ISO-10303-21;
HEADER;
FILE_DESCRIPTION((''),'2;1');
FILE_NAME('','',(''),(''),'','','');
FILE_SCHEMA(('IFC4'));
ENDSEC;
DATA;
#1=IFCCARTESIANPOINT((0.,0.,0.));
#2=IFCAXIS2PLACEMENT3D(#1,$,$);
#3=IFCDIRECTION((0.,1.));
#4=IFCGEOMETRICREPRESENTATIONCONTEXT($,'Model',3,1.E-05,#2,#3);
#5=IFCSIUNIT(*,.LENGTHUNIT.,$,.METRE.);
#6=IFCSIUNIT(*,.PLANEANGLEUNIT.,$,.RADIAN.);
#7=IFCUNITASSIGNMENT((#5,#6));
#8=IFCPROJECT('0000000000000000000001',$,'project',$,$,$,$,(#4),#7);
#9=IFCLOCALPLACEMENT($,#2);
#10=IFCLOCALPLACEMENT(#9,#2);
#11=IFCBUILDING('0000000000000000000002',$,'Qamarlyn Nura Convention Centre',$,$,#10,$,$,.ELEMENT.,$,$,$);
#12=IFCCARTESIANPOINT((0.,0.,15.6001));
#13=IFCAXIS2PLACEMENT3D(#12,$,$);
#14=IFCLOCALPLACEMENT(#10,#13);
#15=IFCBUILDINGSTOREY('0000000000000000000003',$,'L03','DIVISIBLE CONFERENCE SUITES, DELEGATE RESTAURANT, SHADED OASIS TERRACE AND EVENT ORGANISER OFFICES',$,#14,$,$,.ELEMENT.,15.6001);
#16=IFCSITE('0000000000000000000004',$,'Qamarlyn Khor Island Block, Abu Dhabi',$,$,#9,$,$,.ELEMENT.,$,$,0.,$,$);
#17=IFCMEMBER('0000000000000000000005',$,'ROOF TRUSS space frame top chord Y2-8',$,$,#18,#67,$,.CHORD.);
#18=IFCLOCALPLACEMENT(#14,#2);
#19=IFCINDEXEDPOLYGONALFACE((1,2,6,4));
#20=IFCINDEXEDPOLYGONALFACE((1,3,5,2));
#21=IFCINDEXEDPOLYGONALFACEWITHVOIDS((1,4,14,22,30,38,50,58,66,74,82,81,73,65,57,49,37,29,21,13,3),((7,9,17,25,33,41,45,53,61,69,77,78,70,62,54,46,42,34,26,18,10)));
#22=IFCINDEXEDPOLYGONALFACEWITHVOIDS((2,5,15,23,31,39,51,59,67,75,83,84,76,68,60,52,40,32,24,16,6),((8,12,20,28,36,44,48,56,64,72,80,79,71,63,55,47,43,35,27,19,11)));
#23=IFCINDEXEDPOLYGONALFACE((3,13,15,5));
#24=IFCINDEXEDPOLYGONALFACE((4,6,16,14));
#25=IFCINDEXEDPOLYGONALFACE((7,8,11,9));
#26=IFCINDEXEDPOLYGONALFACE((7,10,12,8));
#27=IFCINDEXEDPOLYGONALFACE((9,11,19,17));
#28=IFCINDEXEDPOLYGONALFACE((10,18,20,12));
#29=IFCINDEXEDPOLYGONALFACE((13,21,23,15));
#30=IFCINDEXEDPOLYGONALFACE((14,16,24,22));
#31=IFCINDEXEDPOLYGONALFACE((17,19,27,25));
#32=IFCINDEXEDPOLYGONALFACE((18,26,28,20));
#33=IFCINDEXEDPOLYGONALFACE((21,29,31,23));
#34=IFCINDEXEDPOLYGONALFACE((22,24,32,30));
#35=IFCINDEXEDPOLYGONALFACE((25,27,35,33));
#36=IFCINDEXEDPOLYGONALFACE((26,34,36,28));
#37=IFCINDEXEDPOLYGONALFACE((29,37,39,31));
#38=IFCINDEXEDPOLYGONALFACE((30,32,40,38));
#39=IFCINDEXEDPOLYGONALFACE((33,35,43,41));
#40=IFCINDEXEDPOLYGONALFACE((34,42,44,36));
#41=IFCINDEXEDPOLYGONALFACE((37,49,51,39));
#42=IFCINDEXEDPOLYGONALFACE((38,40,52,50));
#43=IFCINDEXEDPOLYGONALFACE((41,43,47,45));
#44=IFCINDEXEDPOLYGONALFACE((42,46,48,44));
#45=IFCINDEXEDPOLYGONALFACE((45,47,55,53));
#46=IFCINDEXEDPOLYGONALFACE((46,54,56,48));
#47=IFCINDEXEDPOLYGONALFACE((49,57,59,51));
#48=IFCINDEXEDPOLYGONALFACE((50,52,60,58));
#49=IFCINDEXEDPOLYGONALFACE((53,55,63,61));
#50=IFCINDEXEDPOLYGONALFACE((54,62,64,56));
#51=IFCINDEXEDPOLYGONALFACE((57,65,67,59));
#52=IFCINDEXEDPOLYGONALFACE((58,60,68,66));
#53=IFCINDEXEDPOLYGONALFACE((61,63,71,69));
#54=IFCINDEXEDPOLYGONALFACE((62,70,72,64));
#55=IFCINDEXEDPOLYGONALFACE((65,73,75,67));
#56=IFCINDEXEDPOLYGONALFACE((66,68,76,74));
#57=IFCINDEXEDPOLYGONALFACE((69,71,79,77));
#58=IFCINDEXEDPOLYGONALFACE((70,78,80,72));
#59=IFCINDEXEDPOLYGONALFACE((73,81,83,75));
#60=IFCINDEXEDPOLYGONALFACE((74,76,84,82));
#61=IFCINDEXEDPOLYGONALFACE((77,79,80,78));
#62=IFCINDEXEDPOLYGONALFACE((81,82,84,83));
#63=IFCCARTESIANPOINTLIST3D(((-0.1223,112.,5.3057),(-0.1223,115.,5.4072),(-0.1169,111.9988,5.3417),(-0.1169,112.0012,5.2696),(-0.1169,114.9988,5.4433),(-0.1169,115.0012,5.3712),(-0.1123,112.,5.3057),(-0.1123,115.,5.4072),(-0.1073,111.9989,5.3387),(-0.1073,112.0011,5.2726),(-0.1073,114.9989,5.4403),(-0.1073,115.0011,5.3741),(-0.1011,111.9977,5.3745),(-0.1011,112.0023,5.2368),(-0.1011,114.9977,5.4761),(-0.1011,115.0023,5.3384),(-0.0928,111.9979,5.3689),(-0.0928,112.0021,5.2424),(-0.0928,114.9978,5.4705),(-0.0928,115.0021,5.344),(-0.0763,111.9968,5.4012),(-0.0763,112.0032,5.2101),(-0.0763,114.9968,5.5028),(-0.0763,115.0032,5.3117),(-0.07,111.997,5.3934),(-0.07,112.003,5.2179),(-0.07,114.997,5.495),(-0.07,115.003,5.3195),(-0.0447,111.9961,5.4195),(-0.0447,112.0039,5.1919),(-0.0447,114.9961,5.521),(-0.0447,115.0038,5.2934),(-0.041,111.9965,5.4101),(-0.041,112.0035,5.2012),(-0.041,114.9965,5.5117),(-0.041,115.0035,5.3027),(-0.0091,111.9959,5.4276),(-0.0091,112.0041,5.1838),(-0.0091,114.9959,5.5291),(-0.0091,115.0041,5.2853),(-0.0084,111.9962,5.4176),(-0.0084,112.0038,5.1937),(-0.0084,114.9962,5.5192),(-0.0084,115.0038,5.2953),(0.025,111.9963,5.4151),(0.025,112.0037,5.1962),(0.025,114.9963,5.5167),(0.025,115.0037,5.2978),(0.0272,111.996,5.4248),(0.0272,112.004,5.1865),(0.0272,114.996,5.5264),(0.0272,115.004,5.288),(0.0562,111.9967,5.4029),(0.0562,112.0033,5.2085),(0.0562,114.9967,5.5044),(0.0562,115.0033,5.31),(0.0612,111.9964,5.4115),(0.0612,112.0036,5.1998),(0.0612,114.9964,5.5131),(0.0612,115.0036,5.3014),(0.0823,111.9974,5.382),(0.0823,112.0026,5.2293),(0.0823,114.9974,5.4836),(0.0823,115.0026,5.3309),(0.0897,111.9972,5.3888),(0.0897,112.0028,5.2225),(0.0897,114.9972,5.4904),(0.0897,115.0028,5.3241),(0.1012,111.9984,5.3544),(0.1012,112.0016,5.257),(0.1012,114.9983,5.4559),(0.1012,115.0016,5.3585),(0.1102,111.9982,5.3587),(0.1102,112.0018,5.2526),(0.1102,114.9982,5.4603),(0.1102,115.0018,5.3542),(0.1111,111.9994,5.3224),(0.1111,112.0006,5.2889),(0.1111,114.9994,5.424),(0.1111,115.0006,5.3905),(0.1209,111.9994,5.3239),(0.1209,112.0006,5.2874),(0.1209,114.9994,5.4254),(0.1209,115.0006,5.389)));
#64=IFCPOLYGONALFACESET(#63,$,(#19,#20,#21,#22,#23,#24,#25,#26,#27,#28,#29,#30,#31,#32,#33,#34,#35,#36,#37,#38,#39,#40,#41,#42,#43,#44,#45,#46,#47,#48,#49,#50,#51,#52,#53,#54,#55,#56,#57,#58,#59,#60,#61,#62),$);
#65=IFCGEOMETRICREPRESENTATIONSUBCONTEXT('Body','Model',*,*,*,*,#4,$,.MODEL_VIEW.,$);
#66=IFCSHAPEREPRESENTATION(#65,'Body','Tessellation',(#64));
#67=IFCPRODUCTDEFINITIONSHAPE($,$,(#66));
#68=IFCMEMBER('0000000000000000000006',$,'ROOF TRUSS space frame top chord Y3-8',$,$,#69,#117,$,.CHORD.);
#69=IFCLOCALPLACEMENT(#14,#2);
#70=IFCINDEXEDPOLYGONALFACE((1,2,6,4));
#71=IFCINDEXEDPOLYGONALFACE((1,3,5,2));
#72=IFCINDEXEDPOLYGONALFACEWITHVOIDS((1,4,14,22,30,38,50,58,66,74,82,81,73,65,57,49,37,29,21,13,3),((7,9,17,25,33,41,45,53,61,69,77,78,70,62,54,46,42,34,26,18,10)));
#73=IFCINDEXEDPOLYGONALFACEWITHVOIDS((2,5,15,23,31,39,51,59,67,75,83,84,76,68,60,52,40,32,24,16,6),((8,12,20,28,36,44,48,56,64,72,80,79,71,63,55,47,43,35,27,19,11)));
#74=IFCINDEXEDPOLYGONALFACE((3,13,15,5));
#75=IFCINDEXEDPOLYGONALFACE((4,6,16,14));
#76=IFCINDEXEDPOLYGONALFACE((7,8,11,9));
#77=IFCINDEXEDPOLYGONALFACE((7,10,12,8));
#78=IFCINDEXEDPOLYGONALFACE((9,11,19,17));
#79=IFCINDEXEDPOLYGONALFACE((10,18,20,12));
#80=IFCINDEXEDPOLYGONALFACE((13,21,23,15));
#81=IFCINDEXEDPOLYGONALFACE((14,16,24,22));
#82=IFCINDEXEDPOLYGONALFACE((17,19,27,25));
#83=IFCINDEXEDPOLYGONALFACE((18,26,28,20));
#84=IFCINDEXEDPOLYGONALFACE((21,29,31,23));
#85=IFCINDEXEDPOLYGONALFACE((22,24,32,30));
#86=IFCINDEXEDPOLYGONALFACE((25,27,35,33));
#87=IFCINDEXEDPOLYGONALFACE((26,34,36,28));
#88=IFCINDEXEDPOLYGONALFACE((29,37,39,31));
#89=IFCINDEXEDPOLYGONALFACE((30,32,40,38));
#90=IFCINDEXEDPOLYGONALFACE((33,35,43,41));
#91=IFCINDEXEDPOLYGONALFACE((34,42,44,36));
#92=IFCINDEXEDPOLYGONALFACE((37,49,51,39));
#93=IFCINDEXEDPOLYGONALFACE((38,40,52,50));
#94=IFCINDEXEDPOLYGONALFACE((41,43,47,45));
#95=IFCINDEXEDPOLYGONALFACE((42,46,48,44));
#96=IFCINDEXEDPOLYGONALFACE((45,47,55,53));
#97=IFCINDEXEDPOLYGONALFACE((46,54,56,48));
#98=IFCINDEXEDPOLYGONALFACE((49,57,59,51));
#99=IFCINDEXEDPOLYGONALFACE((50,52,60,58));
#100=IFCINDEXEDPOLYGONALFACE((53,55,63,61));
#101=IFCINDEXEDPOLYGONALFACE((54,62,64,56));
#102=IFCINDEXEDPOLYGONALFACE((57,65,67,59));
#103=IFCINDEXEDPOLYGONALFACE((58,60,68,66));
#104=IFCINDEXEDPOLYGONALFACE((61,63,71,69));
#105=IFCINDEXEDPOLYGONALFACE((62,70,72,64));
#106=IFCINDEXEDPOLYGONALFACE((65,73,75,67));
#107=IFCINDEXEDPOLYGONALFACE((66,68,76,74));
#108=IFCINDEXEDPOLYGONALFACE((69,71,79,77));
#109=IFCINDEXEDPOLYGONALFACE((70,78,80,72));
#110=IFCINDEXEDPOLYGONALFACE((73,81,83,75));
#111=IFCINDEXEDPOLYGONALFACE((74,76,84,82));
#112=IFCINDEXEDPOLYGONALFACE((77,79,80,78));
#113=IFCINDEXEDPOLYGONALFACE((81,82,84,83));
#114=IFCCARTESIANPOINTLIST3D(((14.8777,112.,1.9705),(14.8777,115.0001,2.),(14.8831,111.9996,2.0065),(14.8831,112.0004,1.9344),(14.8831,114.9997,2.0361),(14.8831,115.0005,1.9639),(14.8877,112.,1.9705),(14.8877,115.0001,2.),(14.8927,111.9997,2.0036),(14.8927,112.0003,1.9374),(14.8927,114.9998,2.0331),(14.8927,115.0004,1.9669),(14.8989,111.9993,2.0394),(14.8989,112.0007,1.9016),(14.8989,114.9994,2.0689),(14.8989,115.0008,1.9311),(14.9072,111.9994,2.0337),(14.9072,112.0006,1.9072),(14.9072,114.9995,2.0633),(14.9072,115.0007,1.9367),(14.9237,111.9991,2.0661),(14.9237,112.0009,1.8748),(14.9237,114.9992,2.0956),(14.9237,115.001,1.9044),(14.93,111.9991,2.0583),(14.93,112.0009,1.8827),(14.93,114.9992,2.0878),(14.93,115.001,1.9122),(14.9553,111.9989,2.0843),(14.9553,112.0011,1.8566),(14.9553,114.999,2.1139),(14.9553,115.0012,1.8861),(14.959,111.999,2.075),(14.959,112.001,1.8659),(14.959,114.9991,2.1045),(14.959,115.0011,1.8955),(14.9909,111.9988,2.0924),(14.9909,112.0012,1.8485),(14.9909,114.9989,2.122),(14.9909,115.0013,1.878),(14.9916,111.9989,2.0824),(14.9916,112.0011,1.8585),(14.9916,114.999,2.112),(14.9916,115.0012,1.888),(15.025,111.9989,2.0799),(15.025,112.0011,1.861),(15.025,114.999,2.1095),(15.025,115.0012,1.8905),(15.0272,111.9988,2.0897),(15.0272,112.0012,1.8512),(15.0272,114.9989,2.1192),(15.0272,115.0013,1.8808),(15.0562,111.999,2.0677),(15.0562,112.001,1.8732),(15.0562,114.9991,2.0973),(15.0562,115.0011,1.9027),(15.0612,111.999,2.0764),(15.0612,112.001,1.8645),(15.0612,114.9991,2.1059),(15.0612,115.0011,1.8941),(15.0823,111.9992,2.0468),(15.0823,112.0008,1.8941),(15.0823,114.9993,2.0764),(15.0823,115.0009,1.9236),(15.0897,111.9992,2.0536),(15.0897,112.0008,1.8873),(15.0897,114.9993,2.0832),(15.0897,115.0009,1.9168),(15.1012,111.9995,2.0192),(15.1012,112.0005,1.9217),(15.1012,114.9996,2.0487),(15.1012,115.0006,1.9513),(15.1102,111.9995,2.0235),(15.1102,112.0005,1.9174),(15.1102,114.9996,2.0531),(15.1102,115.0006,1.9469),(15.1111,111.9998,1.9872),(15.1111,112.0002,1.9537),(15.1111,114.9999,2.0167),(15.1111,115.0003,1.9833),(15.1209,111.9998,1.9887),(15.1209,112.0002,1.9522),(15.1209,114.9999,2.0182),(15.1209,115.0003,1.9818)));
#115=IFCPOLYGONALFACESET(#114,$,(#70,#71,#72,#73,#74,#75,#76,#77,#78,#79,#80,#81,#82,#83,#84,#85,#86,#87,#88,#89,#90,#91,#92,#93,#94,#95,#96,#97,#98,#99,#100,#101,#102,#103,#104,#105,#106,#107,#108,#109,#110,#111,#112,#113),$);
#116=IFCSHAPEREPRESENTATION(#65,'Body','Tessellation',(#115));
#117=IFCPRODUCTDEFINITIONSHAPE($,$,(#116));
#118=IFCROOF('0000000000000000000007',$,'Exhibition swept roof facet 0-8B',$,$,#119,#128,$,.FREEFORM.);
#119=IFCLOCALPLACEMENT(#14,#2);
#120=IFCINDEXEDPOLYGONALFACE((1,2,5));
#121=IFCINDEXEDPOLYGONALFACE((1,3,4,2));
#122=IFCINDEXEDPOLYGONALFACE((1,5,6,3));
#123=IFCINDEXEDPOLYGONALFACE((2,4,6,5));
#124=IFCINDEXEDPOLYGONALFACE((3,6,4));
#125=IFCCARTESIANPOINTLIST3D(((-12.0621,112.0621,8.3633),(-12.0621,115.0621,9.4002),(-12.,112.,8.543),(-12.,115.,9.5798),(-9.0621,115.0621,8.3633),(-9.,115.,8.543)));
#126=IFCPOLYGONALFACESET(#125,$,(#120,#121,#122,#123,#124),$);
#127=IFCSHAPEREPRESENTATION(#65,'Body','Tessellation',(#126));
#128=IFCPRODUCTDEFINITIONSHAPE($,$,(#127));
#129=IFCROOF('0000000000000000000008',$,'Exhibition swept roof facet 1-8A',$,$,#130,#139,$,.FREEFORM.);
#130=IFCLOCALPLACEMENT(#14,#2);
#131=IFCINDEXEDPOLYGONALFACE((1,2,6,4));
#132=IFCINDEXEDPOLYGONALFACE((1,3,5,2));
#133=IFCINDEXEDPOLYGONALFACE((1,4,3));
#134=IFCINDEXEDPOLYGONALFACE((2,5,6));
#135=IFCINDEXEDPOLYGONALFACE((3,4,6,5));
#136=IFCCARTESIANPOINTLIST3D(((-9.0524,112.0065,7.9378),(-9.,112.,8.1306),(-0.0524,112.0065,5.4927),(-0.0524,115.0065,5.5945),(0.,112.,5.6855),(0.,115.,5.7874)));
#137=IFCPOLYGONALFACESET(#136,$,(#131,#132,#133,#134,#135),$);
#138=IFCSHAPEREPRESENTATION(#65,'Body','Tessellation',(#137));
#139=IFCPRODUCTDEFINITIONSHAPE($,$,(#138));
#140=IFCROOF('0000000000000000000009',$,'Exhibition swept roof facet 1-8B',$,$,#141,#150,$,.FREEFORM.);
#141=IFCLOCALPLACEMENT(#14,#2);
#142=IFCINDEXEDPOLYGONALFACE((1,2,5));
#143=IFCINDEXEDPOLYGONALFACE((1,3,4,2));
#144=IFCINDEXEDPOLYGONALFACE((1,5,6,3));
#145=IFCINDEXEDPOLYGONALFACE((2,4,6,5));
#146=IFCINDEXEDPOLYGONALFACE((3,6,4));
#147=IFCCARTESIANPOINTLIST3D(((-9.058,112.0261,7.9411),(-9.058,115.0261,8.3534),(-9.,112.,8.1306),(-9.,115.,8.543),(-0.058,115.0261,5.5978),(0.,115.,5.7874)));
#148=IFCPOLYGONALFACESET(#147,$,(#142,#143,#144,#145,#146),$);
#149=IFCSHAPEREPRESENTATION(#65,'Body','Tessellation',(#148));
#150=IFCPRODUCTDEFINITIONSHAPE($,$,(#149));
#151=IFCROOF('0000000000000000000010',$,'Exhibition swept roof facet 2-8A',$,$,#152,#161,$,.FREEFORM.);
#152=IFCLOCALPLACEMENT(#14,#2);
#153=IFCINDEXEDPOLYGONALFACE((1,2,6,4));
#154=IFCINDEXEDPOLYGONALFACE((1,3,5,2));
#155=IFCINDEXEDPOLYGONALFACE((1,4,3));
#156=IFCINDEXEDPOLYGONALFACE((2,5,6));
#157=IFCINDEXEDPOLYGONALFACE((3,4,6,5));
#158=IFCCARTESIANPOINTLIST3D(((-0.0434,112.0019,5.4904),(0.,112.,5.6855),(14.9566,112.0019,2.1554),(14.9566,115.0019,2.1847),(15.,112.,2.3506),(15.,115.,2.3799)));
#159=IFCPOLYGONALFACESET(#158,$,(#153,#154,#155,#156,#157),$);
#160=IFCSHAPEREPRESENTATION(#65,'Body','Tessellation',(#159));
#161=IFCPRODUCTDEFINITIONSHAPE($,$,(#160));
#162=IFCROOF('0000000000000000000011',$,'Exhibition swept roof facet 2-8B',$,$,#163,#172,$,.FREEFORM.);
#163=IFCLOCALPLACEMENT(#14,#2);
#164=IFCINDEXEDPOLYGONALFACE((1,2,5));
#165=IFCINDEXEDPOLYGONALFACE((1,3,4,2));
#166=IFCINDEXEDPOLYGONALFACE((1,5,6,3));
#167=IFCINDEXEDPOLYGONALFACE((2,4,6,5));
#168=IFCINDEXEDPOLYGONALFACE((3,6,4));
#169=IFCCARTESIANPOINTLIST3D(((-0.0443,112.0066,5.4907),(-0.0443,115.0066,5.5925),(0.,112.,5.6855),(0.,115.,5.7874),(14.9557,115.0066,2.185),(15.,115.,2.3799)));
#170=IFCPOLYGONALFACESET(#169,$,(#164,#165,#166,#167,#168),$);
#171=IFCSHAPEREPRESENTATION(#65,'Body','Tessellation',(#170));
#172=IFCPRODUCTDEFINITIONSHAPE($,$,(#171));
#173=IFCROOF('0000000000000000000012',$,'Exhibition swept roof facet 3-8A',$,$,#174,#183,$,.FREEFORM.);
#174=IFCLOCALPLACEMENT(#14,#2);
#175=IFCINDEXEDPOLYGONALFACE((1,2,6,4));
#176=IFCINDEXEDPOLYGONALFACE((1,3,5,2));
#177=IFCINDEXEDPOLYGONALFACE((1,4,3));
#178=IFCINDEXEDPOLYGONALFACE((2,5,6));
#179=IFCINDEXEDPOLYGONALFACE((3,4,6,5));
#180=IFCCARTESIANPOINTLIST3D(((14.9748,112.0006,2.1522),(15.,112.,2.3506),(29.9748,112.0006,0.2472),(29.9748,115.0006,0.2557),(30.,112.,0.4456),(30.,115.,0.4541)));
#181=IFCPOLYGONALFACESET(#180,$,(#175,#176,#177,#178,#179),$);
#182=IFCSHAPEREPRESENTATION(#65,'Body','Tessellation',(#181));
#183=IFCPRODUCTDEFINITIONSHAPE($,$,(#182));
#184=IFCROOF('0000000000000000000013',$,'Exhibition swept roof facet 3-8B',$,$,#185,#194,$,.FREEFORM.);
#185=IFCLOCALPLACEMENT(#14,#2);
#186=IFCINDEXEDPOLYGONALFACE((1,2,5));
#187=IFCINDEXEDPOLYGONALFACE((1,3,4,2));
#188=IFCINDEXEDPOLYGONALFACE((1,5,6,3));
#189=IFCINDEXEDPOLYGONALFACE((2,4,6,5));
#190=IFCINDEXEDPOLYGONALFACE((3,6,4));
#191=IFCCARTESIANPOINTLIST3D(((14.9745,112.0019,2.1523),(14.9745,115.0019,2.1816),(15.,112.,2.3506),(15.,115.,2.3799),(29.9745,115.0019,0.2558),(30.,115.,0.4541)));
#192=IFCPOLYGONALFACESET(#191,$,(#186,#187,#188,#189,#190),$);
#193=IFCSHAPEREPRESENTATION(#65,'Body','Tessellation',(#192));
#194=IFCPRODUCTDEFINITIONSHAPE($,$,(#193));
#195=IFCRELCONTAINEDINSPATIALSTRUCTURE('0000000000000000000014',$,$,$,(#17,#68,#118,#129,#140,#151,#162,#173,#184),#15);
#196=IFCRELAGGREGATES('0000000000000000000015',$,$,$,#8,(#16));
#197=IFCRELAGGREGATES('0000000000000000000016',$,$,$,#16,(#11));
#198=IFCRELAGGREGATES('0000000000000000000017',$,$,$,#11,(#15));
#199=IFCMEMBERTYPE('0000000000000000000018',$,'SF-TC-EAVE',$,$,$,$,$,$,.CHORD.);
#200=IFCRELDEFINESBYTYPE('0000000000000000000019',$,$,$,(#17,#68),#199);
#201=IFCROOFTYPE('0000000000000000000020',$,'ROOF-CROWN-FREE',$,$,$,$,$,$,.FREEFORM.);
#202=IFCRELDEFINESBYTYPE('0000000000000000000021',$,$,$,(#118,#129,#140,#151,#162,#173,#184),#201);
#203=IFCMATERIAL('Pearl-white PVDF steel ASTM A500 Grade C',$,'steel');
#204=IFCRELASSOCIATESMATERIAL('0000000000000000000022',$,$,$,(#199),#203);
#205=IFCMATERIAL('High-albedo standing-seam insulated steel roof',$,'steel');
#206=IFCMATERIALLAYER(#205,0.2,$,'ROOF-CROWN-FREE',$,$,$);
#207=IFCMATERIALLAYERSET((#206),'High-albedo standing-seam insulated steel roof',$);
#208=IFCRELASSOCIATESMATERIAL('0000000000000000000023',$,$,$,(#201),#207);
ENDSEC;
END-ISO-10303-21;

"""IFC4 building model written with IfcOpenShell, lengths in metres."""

from ifc_helpers import new_model, si_unit, direction, frame, origin, origin_2d, place, context, subcontext, project, spatial, polyline, hollow_circle, outline, extrude, material, layer, layer_set, material_profile, profile_set, type_object, element, save


model = new_model("IFC4")

# Units and contexts
model_context = context("Model", 3, precision=1e-05, world=origin(), true_north=direction((0.0, 1.0)))
body_context = subcontext(model_context, "Body", "Model", "MODEL_VIEW")
ifc_project = project(units=[si_unit("LENGTHUNIT", "METRE"), si_unit("PLANEANGLEUNIT", "RADIAN")], contexts=[model_context])

# Site, building, storey
site_placement = place(None, origin())
site = spatial("IfcSite", under=ifc_project, at=site_placement, Name="Qamarlyn Khor Island Block, Abu Dhabi", CompositionType="ELEMENT", RefElevation=0.0)
building_placement = place(site_placement, origin())
building = spatial("IfcBuilding", under=site, at=building_placement, Name="Qamarlyn Nura Convention Centre", CompositionType="ELEMENT")
storey_placement = place(building_placement, frame((0.0, 0.0, 15.6001)))
storey = spatial("IfcBuildingStorey", under=building, at=storey_placement, Name="L03", Description="DIVISIBLE CONFERENCE SUITES, DELEGATE RESTAURANT, SHADED OASIS TERRACE AND EVENT ORGANISER OFFICES", CompositionType="ELEMENT", Elevation=15.6001)

# Members
ifc_material_1 = material(Name="Pearl-white PVDF steel ASTM A500 Grade C", Category="steel")
ifc_material_profile = material_profile(ifc_material_1, hollow_circle(Radius=0.1223, WallThickness=0.01, at=origin_2d()), Name="CHS244.5X10")
ifc_profile_set = profile_set([ifc_material_profile], Name="Pearl-white PVDF steel ASTM A500 Grade C")
member_type = type_object("IfcMemberType", Name="SF-TC-EAVE", PredefinedType="CHORD", material=ifc_profile_set)
member_1_placement = place(storey_placement, frame((0.0, 112.0, 5.3057), z_axis=(0.0, 0.999427, 0.033835), x_axis=(-1.0, 0.0, 0.0)))
element("IfcMember", 1, at=member_1_placement, inside=storey, type_object=member_type, Name="ROOF TRUSS space frame top chord Y2-8", PredefinedType="CHORD", context=body_context, shape_type="SweptSolid", body=[
    extrude(hollow_circle(Radius=0.1223, WallThickness=0.01, at=origin_2d()), origin(), (0.0, 0.0, 1.0), 3.0017),
])
member_2_placement = place(storey_placement, frame((15.0, 112.0, 1.9705), z_axis=(0.0, 0.999952, 0.009847), x_axis=(-1.0, 0.0, 0.0)))
element("IfcMember", 2, at=member_2_placement, inside=storey, type_object=member_type, Name="ROOF TRUSS space frame top chord Y3-8", PredefinedType="CHORD", context=body_context, shape_type="SweptSolid", body=[
    extrude(hollow_circle(Radius=0.1223, WallThickness=0.01, at=origin_2d()), origin(), (0.0, 0.0, 1.0), 3.0002),
])

# Roofs
ifc_material_2 = material(Name="High-albedo standing-seam insulated steel roof", Category="steel")
ifc_layer = layer(ifc_material_2, 0.2, Name="ROOF-CROWN-FREE")
ifc_layer_set = layer_set([ifc_layer], Name="High-albedo standing-seam insulated steel roof")
roof_type = type_object("IfcRoofType", Name="ROOF-CROWN-FREE", PredefinedType="FREEFORM", material=ifc_layer_set)
roof_1_placement = place(storey_placement, frame((-12.0, 112.0, 8.543), z_axis=(0.310514, -0.310514, 0.898422), x_axis=(0.707107, 0.707107, 0.0)))
element("IfcRoof", 3, at=roof_1_placement, inside=storey, type_object=roof_type, Name="Exhibition swept roof facet 0-8B", PredefinedType="FREEFORM", context=body_context, shape_type="SweptSolid", body=[
    extrude(outline(polyline([(0.0, 0.0), (4.2426, 0.0), (2.1213, 2.3612), (0.0, 0.0)])), origin(), (0.0, 0.0, -1.0), 0.2),
])
roof_2_placement = place(storey_placement, frame((-9.0, 112.0, 8.1306), z_axis=(0.262031, -0.032731, 0.964504), x_axis=(0.965021, 0.0, -0.262171)))
element("IfcRoof", 4, at=roof_2_placement, inside=storey, type_object=roof_type, Name="Exhibition swept roof facet 1-8A", PredefinedType="FREEFORM", context=body_context, shape_type="SweptSolid", body=[
    extrude(outline(polyline([(0.0, 0.0), (9.3262, 0.0), (9.2995, 3.0016), (0.0, 0.0)])), origin(), (0.0, 0.0, -1.0), 0.2),
])
roof_3_placement = place(storey_placement, frame((-9.0, 112.0, 8.1306), z_axis=(0.290268, -0.130308, 0.948032), x_axis=(0.921004, 0.307001, -0.239795)))
element("IfcRoof", 5, at=roof_3_placement, inside=storey, type_object=roof_type, Name="Exhibition swept roof facet 1-8B", PredefinedType="FREEFORM", context=body_context, shape_type="SweptSolid", body=[
    extrude(outline(polyline([(0.0, 0.0), (9.7719, 0.0), (0.8221, 2.9145), (0.0, 0.0)])), origin(), (0.0, 0.0, -1.0), 0.2),
])
roof_4_placement = place(storey_placement, frame((0.0, 112.0, 5.6855), z_axis=(0.217022, -0.009532, 0.97612), x_axis=(0.976165, 0.0, -0.217031)))
element("IfcRoof", 6, at=roof_4_placement, inside=storey, type_object=roof_type, Name="Exhibition swept roof facet 2-8A", PredefinedType="FREEFORM", context=body_context, shape_type="SweptSolid", body=[
    extrude(outline(polyline([(0.0, 0.0), (15.3663, 0.0), (15.3599, 3.0001), (0.0, 0.0)])), origin(), (0.0, 0.0, -1.0), 0.2),
])
roof_5_placement = place(storey_placement, frame((0.0, 112.0, 5.6855), z_axis=(0.2214, -0.033074, 0.974622), x_axis=(0.958457, 0.191691, -0.211222)))
element("IfcRoof", 7, at=roof_5_placement, inside=storey, type_object=roof_type, Name="Exhibition swept roof facet 2-8B", PredefinedType="FREEFORM", context=body_context, shape_type="SweptSolid", body=[
    extrude(outline(polyline([(0.0, 0.0), (15.6502, 0.0), (0.5536, 2.9502), (0.0, 0.0)])), origin(), (0.0, 0.0, -1.0), 0.2),
])
roof_6_placement = place(storey_placement, frame((15.0, 112.0, 2.3506), z_axis=(0.125989, -0.002826, 0.992028), x_axis=(0.992032, 0.0, -0.12599)))
element("IfcRoof", 8, at=roof_6_placement, inside=storey, type_object=roof_type, Name="Exhibition swept roof facet 3-8A", PredefinedType="FREEFORM", context=body_context, shape_type="SweptSolid", body=[
    extrude(outline(polyline([(0.0, 0.0), (15.1205, 0.0), (15.1194, 3.0), (0.0, 0.0)])), origin(), (0.0, 0.0, -1.0), 0.2),
])
roof_7_placement = place(storey_placement, frame((15.0, 112.0, 2.3506), z_axis=(0.127334, -0.009686, 0.991813), x_axis=(0.973131, 0.194626, -0.123035)))
element("IfcRoof", 9, at=roof_7_placement, inside=storey, type_object=roof_type, Name="Exhibition swept roof facet 3-8B", PredefinedType="FREEFORM", context=body_context, shape_type="SweptSolid", body=[
    extrude(outline(polyline([(0.0, 0.0), (15.4142, 0.0), (0.5803, 2.9435), (0.0, 0.0)])), origin(), (0.0, 0.0, -1.0), 0.2),
])

save(model, "model.ifc")
